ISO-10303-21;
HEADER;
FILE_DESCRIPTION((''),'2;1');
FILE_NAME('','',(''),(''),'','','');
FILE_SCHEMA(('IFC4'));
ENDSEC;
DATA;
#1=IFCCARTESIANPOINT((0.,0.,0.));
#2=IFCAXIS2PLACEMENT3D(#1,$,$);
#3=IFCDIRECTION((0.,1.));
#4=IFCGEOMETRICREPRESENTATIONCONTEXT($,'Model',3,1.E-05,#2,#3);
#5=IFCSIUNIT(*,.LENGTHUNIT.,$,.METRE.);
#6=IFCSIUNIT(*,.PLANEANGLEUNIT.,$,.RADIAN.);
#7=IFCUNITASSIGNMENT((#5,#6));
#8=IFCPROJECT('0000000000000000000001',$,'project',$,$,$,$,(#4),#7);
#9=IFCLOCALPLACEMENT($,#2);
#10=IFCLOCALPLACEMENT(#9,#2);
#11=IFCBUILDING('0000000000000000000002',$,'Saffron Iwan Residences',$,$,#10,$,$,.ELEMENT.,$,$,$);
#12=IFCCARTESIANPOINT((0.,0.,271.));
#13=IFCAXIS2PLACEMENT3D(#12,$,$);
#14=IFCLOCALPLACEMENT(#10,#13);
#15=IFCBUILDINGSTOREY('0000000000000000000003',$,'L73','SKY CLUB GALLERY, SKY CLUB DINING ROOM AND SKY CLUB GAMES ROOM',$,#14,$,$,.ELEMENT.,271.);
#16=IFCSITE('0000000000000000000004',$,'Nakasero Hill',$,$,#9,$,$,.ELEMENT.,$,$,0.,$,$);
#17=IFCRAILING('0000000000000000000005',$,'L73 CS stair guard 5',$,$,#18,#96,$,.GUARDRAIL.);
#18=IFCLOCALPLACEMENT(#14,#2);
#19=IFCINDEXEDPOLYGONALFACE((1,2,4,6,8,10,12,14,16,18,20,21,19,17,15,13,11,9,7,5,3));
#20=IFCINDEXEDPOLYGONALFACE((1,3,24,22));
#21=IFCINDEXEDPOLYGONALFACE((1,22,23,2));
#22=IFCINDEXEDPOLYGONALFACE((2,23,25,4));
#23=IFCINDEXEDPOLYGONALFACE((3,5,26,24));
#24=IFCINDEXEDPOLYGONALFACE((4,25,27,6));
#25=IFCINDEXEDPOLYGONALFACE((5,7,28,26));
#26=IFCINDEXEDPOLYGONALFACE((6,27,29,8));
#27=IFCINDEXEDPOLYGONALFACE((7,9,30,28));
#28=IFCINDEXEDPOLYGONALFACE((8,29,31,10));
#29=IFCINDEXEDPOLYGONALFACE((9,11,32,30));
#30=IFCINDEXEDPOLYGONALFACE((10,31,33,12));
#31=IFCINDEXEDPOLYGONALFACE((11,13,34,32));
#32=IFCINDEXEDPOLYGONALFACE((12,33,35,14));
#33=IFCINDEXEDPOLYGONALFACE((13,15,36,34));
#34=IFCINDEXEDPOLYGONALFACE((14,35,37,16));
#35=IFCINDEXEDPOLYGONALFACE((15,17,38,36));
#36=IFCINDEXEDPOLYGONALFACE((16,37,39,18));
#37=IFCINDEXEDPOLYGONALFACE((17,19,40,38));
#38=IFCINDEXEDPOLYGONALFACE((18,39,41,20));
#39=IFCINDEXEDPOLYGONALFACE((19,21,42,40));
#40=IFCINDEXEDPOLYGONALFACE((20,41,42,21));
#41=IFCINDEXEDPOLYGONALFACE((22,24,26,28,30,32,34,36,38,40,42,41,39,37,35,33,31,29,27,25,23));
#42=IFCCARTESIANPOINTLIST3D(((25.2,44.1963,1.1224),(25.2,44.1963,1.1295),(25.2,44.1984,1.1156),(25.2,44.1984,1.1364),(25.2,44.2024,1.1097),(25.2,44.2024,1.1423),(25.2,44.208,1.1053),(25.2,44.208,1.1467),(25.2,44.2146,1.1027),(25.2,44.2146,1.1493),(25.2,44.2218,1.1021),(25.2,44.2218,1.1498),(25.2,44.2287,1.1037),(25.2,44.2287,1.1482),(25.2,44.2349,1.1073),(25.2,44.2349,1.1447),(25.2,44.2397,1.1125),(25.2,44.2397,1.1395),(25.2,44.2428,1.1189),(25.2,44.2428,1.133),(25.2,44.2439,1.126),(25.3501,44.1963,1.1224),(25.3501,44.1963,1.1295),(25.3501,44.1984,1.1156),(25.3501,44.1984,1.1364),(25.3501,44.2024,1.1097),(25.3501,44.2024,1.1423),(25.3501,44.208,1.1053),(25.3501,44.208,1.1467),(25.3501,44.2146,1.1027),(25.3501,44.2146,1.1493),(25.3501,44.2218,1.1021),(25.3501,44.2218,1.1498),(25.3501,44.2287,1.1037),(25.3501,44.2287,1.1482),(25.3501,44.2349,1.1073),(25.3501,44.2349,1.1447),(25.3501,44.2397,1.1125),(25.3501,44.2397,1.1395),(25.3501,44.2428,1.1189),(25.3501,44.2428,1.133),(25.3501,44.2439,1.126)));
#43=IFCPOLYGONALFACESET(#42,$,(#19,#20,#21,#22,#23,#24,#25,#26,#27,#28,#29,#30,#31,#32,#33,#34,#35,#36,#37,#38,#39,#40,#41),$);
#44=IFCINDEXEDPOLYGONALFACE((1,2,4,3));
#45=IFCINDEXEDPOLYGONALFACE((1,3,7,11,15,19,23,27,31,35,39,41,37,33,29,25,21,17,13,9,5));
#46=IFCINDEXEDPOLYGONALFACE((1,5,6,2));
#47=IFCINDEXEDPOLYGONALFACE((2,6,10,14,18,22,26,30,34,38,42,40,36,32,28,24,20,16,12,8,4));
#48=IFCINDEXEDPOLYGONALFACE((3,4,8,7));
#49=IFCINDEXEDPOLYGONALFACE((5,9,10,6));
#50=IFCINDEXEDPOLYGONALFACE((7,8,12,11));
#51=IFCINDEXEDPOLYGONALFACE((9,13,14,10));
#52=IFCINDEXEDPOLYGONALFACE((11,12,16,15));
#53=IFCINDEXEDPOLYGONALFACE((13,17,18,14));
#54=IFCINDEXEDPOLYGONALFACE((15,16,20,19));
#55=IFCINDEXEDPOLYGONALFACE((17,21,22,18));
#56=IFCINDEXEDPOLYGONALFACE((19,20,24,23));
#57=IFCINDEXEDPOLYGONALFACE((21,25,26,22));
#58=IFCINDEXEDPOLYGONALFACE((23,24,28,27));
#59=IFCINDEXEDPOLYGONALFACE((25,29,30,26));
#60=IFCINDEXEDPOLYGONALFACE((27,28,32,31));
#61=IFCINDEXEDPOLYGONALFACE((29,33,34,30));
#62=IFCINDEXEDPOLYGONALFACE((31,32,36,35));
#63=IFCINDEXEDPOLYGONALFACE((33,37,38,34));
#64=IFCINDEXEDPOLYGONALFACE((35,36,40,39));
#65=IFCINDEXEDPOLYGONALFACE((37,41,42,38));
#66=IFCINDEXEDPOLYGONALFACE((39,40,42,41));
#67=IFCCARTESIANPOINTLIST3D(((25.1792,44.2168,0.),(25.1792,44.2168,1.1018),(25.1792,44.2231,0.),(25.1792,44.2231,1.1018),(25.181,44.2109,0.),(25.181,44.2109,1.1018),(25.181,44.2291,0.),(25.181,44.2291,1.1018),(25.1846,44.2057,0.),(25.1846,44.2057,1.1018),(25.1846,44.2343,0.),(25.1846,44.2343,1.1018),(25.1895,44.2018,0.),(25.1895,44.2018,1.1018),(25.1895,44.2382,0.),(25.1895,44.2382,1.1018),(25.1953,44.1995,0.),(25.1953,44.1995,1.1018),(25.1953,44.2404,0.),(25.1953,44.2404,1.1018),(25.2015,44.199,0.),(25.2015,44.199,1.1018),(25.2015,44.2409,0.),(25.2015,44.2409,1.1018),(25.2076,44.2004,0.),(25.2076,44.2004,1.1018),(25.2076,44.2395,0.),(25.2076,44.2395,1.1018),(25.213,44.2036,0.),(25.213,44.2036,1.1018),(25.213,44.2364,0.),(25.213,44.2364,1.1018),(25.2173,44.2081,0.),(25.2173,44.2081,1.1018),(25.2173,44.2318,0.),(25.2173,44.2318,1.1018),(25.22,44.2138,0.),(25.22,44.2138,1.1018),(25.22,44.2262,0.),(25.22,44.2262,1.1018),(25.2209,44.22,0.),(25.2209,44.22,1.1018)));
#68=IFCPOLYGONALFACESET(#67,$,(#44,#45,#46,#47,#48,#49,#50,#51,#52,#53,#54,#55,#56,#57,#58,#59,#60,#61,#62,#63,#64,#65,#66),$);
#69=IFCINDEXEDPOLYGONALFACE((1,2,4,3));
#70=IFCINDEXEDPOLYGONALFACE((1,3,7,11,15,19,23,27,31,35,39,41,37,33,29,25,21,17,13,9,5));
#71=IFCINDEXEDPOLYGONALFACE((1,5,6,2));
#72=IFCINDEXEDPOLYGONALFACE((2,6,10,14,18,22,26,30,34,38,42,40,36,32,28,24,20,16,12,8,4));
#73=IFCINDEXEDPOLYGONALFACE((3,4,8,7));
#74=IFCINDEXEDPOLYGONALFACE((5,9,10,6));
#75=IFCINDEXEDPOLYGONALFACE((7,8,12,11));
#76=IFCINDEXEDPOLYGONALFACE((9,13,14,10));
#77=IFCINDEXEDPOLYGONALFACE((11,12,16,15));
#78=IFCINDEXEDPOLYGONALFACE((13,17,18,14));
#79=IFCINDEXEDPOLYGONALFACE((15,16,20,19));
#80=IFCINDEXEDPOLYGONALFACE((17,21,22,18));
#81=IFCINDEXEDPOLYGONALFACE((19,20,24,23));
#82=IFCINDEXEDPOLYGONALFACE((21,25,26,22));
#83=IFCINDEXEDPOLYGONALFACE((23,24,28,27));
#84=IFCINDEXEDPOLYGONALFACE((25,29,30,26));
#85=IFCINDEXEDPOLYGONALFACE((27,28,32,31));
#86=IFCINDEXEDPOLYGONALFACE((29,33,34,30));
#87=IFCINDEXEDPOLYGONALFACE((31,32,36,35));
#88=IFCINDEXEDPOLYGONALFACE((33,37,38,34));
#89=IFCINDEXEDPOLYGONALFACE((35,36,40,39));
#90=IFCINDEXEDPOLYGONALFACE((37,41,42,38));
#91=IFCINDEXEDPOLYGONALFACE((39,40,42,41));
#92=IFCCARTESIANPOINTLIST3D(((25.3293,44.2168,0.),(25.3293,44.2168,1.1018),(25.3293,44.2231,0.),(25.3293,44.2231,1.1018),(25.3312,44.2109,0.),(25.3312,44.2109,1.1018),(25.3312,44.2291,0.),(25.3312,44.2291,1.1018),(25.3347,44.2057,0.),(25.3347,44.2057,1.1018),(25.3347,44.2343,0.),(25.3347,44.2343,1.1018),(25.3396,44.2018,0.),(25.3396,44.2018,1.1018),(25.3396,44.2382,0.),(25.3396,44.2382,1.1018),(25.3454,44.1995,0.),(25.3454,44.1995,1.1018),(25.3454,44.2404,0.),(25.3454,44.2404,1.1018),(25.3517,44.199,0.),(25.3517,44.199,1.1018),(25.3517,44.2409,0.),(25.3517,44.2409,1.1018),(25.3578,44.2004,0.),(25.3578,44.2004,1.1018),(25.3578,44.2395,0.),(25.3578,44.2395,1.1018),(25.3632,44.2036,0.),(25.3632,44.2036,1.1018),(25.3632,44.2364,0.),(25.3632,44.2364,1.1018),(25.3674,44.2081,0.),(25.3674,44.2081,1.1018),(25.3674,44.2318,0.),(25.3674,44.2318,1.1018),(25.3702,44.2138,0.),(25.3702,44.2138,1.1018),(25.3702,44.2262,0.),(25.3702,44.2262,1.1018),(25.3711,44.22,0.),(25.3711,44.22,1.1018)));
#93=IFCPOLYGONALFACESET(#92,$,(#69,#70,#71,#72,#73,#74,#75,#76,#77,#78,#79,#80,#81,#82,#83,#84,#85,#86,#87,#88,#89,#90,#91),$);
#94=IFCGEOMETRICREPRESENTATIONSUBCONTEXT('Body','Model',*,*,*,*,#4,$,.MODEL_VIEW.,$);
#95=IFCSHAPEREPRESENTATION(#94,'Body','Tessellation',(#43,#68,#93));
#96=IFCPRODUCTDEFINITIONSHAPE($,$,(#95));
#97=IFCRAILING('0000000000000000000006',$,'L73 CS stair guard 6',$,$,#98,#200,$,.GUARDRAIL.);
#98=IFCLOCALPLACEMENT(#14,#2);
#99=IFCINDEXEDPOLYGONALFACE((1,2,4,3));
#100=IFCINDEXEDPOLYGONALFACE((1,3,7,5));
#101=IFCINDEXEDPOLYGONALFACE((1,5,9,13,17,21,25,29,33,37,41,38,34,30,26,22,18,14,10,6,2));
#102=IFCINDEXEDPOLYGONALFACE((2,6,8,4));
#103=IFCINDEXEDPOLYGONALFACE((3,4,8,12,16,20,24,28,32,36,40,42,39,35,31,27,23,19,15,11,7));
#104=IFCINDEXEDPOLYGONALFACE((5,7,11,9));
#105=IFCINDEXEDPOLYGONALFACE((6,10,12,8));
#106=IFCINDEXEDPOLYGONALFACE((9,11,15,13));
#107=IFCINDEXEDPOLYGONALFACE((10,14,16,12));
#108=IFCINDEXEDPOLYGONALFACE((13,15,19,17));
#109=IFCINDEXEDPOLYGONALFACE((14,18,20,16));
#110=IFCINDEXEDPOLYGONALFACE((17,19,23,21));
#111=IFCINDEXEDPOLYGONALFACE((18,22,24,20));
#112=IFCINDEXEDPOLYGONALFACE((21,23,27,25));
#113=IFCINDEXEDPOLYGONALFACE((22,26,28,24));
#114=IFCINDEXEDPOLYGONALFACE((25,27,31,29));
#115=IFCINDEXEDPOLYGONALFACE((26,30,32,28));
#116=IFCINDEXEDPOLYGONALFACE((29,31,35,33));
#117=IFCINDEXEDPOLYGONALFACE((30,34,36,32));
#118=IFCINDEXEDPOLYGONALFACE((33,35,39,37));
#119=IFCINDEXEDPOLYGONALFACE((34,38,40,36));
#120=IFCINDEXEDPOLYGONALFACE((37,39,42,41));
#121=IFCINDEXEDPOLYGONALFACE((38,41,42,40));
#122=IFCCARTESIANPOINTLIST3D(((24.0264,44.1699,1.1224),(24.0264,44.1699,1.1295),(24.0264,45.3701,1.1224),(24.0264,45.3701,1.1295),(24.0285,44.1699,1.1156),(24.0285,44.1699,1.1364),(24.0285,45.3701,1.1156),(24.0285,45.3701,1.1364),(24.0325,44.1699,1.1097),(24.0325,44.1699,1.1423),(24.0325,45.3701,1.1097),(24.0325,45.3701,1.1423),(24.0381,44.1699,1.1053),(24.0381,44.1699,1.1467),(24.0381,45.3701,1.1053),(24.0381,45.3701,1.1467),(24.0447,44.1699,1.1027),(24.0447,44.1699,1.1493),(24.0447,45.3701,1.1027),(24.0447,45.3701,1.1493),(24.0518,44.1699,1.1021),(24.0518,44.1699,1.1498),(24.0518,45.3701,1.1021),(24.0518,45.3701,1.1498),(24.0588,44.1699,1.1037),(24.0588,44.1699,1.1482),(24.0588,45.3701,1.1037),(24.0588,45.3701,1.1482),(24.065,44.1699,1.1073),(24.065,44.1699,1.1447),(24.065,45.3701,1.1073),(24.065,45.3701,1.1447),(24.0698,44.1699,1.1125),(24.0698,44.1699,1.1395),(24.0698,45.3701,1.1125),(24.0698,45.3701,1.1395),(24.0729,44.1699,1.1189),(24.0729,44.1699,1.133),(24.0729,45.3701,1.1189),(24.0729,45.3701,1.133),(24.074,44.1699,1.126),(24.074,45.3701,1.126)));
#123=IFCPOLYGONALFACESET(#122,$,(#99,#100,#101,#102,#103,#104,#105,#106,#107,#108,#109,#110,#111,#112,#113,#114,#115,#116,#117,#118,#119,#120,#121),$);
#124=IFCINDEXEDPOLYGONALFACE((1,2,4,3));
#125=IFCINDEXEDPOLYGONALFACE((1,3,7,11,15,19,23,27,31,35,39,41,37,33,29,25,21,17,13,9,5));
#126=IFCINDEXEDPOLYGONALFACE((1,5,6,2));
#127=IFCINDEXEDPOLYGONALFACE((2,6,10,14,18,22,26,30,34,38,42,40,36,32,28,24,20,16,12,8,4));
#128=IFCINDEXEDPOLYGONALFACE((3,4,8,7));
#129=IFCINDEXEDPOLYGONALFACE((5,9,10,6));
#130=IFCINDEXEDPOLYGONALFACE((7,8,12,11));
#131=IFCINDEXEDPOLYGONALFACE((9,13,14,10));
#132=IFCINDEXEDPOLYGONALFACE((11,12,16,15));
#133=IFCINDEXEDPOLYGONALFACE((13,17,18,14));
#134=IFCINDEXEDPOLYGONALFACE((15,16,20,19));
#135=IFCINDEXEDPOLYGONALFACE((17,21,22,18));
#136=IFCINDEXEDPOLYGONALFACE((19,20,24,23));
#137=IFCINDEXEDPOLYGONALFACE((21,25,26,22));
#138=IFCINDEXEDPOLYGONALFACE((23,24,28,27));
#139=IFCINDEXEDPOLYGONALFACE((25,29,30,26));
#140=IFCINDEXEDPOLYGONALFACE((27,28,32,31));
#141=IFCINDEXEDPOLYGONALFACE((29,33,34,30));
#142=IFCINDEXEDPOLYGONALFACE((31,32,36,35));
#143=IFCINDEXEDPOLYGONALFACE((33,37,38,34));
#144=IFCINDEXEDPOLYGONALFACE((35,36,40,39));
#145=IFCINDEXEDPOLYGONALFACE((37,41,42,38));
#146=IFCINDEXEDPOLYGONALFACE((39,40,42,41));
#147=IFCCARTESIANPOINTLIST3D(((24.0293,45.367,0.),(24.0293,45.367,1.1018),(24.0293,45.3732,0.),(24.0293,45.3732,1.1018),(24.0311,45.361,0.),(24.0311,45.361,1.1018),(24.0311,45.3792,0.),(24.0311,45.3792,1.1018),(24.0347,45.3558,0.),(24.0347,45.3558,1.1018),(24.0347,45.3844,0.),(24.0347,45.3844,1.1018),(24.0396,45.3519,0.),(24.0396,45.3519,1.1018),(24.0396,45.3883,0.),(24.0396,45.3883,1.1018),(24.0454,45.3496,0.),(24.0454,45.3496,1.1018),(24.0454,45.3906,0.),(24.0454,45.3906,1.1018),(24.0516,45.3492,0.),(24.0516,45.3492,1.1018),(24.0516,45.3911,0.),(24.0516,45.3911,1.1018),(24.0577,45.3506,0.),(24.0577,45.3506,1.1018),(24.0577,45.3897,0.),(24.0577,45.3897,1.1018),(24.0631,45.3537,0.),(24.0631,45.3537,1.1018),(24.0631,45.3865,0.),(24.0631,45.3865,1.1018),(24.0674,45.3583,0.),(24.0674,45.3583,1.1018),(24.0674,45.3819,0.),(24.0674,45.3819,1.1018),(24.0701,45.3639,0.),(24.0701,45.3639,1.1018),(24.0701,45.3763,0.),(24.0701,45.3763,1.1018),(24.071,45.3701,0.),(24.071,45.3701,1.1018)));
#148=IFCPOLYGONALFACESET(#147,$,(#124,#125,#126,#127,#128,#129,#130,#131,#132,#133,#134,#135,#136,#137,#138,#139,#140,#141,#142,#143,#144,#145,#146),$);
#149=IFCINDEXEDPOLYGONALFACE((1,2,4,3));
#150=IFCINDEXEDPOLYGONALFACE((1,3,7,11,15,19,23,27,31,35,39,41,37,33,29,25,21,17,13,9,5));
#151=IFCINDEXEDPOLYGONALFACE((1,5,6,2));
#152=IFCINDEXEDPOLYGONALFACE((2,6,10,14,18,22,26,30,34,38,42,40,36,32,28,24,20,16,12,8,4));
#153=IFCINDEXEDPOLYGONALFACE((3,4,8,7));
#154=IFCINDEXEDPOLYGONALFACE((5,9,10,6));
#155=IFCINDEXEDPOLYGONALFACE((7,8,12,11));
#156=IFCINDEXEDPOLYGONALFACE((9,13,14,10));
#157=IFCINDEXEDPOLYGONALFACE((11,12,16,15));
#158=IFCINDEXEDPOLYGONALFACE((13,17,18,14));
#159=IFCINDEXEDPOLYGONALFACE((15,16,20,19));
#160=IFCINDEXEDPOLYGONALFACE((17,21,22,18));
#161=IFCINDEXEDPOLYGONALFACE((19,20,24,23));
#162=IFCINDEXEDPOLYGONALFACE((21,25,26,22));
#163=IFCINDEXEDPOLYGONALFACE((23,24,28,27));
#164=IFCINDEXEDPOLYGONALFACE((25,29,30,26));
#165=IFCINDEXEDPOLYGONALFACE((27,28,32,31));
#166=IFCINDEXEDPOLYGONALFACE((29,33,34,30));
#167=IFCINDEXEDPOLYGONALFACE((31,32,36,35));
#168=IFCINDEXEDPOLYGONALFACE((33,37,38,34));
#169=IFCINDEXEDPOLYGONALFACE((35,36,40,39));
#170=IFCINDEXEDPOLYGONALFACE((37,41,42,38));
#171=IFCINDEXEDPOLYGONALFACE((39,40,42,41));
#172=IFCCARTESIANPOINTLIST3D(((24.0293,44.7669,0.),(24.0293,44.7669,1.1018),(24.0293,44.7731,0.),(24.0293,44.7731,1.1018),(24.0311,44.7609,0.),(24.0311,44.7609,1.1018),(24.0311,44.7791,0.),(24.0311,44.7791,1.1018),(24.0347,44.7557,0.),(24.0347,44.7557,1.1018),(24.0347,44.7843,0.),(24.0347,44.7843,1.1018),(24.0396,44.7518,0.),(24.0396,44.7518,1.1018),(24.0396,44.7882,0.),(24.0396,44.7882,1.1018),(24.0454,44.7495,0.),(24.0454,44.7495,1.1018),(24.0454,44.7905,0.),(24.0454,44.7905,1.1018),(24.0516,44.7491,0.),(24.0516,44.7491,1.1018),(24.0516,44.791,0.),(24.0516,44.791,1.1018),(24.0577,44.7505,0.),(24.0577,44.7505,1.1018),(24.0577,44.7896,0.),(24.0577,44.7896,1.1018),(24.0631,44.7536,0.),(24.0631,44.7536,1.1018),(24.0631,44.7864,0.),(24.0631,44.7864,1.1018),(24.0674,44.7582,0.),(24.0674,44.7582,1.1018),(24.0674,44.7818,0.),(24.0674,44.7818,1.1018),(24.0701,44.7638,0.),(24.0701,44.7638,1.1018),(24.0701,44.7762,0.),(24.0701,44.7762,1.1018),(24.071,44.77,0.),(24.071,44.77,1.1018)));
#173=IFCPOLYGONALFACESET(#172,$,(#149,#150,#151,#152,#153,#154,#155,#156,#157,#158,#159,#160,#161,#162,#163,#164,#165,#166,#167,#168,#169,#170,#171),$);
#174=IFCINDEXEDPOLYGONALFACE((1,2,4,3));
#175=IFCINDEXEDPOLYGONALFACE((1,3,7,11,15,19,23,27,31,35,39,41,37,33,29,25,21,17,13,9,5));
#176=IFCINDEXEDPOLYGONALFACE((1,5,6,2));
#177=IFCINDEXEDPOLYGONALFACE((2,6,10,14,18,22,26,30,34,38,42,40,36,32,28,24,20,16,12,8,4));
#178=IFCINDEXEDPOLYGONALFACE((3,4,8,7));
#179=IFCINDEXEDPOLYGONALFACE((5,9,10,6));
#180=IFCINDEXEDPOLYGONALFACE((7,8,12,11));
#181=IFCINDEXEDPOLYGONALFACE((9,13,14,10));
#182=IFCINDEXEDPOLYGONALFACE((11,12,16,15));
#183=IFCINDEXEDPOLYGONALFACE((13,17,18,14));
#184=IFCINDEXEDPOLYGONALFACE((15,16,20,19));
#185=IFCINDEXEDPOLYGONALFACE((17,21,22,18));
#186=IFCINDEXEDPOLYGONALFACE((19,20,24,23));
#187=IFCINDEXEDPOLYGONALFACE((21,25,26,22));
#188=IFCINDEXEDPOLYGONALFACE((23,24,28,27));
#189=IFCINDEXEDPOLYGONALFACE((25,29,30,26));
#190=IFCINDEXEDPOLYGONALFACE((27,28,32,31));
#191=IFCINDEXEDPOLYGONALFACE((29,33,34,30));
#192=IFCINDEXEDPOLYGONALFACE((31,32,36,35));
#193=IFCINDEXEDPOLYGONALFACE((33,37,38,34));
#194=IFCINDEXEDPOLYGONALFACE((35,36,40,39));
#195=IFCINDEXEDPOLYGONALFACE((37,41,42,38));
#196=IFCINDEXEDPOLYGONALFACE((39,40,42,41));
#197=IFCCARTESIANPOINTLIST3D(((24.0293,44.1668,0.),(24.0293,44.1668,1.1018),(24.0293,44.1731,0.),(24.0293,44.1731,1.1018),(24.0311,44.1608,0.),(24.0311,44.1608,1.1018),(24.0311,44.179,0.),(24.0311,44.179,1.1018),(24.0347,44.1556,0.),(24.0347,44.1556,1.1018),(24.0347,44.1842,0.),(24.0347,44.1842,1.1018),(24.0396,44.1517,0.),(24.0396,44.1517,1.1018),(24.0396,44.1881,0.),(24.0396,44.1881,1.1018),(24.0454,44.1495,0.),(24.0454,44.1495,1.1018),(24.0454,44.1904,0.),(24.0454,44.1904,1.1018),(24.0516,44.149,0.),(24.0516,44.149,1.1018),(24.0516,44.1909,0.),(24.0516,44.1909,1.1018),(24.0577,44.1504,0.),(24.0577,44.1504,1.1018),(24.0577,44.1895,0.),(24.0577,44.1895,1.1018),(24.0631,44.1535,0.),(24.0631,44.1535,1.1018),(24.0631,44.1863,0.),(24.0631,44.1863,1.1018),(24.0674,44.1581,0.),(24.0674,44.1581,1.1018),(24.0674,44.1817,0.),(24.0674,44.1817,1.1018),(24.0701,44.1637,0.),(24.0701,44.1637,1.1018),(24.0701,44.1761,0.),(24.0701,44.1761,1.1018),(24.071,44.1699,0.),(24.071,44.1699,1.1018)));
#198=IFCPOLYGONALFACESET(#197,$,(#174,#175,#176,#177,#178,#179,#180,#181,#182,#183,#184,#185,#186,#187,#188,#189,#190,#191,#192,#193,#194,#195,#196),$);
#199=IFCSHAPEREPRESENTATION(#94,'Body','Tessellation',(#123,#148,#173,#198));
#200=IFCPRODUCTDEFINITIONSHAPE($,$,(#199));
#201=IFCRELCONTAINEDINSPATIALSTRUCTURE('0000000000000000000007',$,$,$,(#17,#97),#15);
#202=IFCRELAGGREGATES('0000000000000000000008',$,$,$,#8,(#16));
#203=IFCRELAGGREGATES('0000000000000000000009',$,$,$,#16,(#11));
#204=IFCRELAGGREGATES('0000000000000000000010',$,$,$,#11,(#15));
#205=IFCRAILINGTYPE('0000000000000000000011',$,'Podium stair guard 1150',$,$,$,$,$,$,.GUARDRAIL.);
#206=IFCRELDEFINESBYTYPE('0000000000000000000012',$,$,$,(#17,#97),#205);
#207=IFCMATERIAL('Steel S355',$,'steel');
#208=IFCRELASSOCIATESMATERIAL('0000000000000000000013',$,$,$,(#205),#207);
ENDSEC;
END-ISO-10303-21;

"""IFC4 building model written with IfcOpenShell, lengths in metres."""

from ifc_helpers import new_model, si_unit, direction, frame, origin, origin_2d, place, context, subcontext, project, spatial, circle, extrude, material, type_object, element, save


model = new_model("IFC4")

# Units and contexts
model_context = context("Model", 3, precision=1e-05, world=origin(), true_north=direction((0.0, 1.0)))
body_context = subcontext(model_context, "Body", "Model", "MODEL_VIEW")
ifc_project = project(units=[si_unit("LENGTHUNIT", "METRE"), si_unit("PLANEANGLEUNIT", "RADIAN")], contexts=[model_context])

# Site, building, storey
site_placement = place(None, origin())
site = spatial("IfcSite", under=ifc_project, at=site_placement, Name="Nakasero Hill", CompositionType="ELEMENT", RefElevation=0.0)
building_placement = place(site_placement, origin())
building = spatial("IfcBuilding", under=site, at=building_placement, Name="Saffron Iwan Residences", CompositionType="ELEMENT")
storey_placement = place(building_placement, frame((0.0, 0.0, 271.0)))
storey = spatial("IfcBuildingStorey", under=building, at=storey_placement, Name="L73", Description="SKY CLUB GALLERY, SKY CLUB DINING ROOM AND SKY CLUB GAMES ROOM", CompositionType="ELEMENT", Elevation=271.0)

# Railings
ifc_material_1 = material(Name="Steel S355", Category="steel")
railing_type_1 = type_object("IfcRailingType", Name="Podium stair guard 1150", PredefinedType="GUARDRAIL", material=ifc_material_1)
railing_1_placement = place(storey_placement, frame((25.2, 44.22, 0.0)))
element("IfcRailing", 1, at=railing_1_placement, inside=storey, type_object=railing_type_1, Name="L73 CS stair guard 5", PredefinedType="GUARDRAIL", context=body_context, shape_type="SweptSolid", body=[
    extrude(circle(Radius=0.0239, at=origin_2d()), frame((0.0, 0.0, 1.126), z_axis=(1.0, 0.0, 0.0), x_axis=(0.0, 1.0, 0.0)), (0.0, 0.0, 1.0), 0.1501),
    extrude(circle(Radius=0.021, at=origin_2d()), origin(), (0.0, 0.0, 1.0), 1.1018),
    extrude(circle(Radius=0.021, at=origin_2d()), frame((0.1501, 0.0, 0.0)), (0.0, 0.0, 1.0), 1.1018),
])
railing_2_placement = place(storey_placement, frame((24.05, 45.3701, 0.0)))
element("IfcRailing", 2, at=railing_2_placement, inside=storey, type_object=railing_type_1, Name="L73 CS stair guard 6", PredefinedType="GUARDRAIL", context=body_context, shape_type="SweptSolid", body=[
    extrude(circle(Radius=0.0239, at=origin_2d()), frame((0.0, 0.0, 1.126), z_axis=(0.0, -1.0, 0.0), x_axis=(1.0, 0.0, 0.0)), (0.0, 0.0, 1.0), 1.2002),
    extrude(circle(Radius=0.021, at=origin_2d()), origin(), (0.0, 0.0, 1.0), 1.1018),
    extrude(circle(Radius=0.021, at=origin_2d()), frame((0.0, -0.6001, 0.0)), (0.0, 0.0, 1.0), 1.1018),
    extrude(circle(Radius=0.021, at=origin_2d()), frame((0.0, -1.2002, 0.0)), (0.0, 0.0, 1.0), 1.1018),
])

save(model, "model.ifc")
